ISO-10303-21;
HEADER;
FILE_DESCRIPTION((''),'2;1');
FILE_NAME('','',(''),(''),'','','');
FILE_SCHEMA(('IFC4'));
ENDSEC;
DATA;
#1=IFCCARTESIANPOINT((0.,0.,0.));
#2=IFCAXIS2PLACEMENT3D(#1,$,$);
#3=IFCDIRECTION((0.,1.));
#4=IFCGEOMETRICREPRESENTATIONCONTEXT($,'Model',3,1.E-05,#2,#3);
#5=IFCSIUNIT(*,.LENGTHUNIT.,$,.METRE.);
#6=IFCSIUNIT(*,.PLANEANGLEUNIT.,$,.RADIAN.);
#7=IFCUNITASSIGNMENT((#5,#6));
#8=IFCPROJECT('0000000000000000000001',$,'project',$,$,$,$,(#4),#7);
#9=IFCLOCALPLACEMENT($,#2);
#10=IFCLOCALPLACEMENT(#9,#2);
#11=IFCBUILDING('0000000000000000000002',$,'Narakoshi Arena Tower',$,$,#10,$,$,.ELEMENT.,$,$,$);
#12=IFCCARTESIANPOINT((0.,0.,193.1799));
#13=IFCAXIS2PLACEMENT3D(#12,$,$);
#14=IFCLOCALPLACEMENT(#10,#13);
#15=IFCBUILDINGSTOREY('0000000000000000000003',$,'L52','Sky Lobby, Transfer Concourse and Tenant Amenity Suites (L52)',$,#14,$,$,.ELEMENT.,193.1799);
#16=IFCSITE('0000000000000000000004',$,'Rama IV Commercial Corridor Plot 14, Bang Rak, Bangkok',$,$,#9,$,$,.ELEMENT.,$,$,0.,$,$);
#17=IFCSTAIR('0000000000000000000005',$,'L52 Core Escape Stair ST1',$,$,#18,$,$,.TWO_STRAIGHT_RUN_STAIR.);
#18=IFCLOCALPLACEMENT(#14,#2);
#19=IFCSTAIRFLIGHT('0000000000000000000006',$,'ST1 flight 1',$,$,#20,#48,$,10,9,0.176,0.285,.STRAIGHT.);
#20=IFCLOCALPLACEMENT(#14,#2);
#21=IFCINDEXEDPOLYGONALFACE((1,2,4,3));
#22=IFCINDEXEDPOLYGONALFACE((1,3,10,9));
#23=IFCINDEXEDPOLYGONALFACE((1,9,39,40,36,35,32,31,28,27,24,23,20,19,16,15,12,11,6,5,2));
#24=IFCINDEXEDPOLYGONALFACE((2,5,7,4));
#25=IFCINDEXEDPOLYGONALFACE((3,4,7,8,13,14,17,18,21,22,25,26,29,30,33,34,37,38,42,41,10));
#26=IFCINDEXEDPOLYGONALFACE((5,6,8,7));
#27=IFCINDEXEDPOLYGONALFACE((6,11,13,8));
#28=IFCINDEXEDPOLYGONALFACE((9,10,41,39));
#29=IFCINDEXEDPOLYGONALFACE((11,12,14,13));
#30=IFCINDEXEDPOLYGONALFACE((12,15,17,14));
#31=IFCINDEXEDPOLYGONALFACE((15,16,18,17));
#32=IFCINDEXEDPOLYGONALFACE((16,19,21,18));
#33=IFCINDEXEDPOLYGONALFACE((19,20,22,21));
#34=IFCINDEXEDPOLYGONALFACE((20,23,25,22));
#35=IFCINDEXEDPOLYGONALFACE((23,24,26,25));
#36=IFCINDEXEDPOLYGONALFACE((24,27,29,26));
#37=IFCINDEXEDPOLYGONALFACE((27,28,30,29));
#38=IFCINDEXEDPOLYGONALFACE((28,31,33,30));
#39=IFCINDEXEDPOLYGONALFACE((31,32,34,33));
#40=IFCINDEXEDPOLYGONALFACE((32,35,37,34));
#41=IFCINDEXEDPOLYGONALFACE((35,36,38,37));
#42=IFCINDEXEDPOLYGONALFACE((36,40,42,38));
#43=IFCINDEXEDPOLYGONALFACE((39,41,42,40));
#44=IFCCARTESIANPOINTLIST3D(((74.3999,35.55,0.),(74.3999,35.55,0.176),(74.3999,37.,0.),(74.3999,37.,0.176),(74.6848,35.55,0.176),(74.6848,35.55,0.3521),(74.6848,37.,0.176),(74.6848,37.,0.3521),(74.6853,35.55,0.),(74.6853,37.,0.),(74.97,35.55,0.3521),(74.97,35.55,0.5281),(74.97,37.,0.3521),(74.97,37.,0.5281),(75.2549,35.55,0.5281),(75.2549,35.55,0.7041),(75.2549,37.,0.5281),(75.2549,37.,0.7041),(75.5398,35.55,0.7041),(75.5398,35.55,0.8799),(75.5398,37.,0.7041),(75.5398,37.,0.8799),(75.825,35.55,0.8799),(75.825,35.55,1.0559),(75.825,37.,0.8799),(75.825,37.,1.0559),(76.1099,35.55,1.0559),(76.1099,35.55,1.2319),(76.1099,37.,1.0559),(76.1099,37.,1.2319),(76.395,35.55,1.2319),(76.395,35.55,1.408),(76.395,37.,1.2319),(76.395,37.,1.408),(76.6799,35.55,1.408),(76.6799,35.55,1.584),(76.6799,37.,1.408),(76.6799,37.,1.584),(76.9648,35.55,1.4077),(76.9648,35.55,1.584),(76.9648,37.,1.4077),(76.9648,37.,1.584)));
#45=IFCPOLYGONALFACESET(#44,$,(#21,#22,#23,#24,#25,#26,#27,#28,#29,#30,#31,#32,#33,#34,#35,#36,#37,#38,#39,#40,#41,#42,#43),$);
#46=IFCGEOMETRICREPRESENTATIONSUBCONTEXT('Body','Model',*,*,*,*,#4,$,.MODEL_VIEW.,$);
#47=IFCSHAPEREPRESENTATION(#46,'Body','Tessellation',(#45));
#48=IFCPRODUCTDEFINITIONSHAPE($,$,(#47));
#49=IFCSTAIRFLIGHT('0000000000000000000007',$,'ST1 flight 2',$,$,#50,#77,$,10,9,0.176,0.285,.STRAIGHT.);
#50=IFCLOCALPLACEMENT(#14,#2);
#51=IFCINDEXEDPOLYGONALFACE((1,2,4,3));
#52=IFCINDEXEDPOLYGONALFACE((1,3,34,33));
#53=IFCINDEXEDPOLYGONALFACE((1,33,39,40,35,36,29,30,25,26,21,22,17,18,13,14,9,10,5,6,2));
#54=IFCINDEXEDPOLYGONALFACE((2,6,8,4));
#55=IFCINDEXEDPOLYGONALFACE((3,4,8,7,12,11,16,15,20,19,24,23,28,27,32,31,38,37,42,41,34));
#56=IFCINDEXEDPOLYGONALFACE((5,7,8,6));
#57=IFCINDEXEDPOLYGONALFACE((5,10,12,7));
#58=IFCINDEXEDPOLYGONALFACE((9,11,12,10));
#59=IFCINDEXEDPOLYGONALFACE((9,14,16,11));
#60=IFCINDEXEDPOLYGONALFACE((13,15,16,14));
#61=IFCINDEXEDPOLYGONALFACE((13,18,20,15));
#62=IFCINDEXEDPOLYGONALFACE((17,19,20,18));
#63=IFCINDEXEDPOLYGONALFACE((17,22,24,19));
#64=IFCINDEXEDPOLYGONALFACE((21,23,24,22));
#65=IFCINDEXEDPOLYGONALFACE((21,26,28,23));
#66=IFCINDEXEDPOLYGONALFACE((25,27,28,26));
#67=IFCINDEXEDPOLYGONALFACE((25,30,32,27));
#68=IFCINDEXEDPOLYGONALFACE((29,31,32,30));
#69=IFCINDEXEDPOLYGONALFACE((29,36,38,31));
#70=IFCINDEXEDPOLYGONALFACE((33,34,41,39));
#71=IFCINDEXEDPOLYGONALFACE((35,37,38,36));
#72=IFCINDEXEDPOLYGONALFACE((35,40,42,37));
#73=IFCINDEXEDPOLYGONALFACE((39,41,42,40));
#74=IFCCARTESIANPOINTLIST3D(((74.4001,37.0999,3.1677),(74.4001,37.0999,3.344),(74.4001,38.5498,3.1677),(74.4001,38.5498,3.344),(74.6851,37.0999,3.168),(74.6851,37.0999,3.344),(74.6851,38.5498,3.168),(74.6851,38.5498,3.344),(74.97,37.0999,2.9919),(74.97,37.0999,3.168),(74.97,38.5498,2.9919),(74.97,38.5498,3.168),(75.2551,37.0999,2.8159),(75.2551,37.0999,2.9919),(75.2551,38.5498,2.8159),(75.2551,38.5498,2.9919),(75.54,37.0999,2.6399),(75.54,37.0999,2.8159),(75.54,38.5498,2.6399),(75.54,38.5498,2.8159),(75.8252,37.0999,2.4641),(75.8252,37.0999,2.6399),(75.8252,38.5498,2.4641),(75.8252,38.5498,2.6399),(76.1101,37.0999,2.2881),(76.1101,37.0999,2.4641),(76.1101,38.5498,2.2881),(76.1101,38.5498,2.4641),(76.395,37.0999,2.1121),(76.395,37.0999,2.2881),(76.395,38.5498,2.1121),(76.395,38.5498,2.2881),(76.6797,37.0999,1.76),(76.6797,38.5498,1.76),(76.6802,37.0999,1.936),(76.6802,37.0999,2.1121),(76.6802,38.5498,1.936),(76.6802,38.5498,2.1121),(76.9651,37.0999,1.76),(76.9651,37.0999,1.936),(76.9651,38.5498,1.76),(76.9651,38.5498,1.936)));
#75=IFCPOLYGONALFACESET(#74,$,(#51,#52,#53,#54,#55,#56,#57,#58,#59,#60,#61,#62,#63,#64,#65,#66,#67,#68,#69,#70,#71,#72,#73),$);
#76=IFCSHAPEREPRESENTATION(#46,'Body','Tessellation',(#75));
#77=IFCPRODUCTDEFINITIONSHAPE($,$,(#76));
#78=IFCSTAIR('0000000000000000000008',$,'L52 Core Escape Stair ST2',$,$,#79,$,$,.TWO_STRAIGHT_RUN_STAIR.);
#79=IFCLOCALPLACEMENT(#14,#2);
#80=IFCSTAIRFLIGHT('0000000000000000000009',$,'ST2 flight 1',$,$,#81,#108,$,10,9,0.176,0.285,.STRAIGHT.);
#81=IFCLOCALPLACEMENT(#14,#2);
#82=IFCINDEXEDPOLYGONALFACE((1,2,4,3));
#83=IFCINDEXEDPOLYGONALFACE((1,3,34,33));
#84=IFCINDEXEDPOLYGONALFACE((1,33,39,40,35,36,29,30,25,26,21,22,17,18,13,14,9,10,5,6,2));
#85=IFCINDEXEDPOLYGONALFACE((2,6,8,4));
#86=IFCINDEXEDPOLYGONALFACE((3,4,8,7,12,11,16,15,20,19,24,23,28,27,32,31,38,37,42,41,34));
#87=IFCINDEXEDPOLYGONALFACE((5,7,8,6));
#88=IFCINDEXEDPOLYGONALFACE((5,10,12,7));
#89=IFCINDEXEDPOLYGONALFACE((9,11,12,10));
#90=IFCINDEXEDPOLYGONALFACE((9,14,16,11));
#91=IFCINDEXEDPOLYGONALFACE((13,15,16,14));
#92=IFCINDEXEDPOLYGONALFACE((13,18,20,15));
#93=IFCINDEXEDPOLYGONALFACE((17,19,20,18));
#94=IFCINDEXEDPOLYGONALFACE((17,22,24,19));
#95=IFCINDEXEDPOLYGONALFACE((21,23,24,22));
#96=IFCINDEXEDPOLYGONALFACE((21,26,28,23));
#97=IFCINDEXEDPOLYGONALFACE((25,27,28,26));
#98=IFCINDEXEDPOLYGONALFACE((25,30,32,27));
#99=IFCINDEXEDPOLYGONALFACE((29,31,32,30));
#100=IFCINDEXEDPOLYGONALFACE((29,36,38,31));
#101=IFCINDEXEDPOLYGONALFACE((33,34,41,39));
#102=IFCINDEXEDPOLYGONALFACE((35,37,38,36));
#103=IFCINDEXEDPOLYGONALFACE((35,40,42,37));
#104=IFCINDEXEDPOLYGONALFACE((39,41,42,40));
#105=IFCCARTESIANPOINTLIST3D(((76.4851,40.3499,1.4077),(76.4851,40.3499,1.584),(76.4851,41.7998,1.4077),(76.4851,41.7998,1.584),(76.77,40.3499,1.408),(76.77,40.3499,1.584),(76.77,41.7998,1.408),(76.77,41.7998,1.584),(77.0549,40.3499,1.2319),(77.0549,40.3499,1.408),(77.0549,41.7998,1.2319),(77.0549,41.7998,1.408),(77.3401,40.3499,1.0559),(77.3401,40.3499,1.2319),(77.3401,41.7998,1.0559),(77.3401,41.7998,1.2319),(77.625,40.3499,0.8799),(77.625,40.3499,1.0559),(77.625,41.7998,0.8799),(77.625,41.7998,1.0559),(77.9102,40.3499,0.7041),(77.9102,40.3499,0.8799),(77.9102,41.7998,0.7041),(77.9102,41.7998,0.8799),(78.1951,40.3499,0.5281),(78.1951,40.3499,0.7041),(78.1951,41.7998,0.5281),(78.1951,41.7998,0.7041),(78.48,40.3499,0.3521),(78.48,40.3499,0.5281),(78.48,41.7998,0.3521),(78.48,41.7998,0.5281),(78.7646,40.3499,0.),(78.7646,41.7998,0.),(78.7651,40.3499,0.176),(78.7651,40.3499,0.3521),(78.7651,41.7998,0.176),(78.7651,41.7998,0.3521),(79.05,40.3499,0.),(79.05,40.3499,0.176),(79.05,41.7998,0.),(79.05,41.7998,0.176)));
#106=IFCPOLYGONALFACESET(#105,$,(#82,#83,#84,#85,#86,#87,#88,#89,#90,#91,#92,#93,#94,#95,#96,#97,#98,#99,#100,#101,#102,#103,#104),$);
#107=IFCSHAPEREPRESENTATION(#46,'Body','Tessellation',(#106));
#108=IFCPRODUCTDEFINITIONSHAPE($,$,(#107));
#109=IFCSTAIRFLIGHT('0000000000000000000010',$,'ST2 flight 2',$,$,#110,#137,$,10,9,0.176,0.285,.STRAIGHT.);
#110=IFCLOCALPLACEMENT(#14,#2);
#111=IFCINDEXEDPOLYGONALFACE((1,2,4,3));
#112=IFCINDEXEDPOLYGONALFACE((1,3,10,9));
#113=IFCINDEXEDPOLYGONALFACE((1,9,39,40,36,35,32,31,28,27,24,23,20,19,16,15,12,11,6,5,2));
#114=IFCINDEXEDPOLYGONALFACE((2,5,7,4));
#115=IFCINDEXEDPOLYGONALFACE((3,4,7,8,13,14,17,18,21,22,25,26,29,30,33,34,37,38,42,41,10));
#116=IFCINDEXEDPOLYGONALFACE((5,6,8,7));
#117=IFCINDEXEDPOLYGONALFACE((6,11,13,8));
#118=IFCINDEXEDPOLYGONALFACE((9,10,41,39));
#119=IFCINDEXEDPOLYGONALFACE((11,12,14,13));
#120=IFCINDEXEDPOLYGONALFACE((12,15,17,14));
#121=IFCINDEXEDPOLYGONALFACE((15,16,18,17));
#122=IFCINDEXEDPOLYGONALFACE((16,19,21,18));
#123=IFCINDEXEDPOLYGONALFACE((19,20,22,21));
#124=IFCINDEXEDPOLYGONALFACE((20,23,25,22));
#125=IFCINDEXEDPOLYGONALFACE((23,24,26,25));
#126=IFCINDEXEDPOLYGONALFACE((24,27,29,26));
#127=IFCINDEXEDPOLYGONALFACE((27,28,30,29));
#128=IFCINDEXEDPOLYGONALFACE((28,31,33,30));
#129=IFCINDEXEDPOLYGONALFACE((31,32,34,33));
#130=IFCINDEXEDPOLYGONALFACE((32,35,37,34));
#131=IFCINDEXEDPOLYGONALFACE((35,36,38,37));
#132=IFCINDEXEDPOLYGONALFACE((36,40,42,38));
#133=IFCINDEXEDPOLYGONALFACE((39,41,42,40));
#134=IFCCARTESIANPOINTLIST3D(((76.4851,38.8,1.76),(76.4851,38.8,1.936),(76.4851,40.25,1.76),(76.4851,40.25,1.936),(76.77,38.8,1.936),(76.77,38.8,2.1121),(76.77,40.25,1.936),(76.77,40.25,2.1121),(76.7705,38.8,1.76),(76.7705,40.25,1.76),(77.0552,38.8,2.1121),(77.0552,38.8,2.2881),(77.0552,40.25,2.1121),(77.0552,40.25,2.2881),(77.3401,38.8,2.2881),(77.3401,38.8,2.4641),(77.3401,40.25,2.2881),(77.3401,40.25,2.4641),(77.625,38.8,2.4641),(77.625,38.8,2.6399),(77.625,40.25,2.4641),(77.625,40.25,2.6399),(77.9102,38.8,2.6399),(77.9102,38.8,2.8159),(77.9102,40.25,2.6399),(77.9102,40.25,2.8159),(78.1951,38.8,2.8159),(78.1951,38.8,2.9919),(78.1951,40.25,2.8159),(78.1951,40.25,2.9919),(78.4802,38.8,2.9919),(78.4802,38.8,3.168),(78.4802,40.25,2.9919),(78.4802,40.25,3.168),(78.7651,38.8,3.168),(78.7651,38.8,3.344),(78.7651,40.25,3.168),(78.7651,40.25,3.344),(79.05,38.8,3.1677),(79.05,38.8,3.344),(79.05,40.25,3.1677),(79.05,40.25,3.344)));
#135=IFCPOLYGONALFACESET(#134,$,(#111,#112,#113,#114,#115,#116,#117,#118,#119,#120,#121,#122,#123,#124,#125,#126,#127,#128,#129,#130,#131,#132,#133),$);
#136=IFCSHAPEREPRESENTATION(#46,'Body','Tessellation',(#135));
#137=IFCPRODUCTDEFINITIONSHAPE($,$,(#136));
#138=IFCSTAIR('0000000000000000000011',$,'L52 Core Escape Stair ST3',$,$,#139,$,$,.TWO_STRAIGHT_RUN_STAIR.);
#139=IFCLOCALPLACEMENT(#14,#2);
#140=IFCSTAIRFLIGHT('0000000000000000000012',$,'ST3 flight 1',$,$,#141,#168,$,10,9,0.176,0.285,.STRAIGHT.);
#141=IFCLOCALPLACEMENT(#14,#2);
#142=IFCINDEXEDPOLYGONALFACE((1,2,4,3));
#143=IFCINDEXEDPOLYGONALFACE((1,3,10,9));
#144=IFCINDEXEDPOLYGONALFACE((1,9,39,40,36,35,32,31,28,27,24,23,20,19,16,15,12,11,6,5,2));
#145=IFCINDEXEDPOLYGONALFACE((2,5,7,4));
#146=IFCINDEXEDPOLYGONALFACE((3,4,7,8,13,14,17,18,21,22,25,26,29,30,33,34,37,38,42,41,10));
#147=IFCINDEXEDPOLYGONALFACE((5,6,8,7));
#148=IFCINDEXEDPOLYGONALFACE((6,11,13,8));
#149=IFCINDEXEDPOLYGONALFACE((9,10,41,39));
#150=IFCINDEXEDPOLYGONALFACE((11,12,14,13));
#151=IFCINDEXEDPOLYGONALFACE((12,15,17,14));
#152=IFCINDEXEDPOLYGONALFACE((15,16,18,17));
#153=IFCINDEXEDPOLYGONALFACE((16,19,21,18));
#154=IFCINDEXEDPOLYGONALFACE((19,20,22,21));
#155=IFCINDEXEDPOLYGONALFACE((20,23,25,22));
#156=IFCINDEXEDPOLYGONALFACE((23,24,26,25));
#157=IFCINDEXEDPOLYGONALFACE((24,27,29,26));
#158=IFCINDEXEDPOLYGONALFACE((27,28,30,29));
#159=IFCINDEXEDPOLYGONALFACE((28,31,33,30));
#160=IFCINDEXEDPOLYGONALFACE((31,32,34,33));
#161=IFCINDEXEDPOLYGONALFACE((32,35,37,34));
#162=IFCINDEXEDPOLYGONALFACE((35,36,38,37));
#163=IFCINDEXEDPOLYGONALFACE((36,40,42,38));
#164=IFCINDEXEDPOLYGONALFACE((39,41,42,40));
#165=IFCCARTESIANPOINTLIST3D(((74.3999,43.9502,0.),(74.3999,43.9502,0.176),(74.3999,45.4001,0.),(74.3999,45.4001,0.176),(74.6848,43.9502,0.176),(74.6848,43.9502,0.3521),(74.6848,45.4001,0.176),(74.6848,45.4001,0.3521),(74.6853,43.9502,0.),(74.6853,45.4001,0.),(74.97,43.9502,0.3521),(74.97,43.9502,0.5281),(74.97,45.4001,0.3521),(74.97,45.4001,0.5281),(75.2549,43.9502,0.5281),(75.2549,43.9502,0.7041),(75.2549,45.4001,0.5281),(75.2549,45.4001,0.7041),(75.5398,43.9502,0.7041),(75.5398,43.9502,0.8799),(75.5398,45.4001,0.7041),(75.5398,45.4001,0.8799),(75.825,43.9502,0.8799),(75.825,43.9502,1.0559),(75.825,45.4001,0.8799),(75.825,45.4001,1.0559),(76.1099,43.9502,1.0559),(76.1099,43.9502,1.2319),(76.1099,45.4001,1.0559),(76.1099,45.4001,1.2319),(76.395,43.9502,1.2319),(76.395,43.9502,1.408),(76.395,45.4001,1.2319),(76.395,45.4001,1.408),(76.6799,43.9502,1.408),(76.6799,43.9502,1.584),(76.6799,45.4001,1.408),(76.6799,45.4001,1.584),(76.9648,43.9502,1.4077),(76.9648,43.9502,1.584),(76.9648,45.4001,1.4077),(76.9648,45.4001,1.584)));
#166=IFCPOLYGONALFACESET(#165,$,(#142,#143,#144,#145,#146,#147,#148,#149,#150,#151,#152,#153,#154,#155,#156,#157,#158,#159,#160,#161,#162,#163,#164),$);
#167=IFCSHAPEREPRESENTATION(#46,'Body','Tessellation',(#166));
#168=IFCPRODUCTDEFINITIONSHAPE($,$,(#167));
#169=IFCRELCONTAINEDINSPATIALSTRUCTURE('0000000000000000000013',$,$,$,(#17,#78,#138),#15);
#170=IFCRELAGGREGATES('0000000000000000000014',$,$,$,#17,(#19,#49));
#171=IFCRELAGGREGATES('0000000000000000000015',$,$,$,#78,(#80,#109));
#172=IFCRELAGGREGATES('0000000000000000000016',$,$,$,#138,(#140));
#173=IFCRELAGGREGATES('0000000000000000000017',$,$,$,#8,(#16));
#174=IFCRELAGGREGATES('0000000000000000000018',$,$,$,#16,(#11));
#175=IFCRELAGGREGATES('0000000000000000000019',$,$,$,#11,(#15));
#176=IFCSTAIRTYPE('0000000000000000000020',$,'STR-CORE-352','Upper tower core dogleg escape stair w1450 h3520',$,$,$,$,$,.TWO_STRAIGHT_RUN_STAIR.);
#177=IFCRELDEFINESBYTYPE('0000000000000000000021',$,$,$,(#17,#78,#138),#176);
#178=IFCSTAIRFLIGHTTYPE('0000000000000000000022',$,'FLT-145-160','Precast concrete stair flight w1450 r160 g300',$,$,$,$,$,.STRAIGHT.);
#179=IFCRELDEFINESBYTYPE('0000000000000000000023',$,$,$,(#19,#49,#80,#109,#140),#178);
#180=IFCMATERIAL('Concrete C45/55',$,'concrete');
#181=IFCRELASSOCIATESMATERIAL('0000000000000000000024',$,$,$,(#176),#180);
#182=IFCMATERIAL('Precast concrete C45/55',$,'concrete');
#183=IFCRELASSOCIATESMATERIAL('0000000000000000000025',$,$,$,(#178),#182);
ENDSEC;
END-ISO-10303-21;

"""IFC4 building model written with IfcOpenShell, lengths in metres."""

from ifc_helpers import new_model, si_unit, direction, frame, origin, place, context, subcontext, project, spatial, polyline, outline, extrude, material, type_object, element, aggregate, save


model = new_model("IFC4")

# Units and contexts
model_context = context("Model", 3, precision=1e-05, world=origin(), true_north=direction((0.0, 1.0)))
body_context = subcontext(model_context, "Body", "Model", "MODEL_VIEW")
ifc_project = project(units=[si_unit("LENGTHUNIT", "METRE"), si_unit("PLANEANGLEUNIT", "RADIAN")], contexts=[model_context])

# Site, building, storey
site_placement = place(None, origin())
site = spatial("IfcSite", under=ifc_project, at=site_placement, Name="Rama IV Commercial Corridor Plot 14, Bang Rak, Bangkok", CompositionType="ELEMENT", RefElevation=0.0)
building_placement = place(site_placement, origin())
building = spatial("IfcBuilding", under=site, at=building_placement, Name="Narakoshi Arena Tower", CompositionType="ELEMENT")
storey_placement = place(building_placement, frame((0.0, 0.0, 193.1799)))
storey = spatial("IfcBuildingStorey", under=building, at=storey_placement, Name="L52", Description="Sky Lobby, Transfer Concourse and Tenant Amenity Suites (L52)", CompositionType="ELEMENT", Elevation=193.1799)

# Shared definitions
ifc_material_1 = material(Name="Precast concrete C45/55", Category="concrete")

# Stairs, stair flights
ifc_material_2 = material(Name="Concrete C45/55", Category="concrete")
stair_type = type_object("IfcStairType", Name="STR-CORE-352", Description="Upper tower core dogleg escape stair w1450 h3520", PredefinedType="TWO_STRAIGHT_RUN_STAIR", material=ifc_material_2)
stair_1_placement = place(storey_placement, origin())
stair_1 = element("IfcStair", 1, at=stair_1_placement, inside=storey, type_object=stair_type, Name="L52 Core Escape Stair ST1", PredefinedType="TWO_STRAIGHT_RUN_STAIR")
stair_flight_type = type_object("IfcStairFlightType", Name="FLT-145-160", Description="Precast concrete stair flight w1450 r160 g300", PredefinedType="STRAIGHT", material=ifc_material_1)
stair_flight_1_placement = place(storey_placement, frame((74.3999, 36.2749, 0.0), z_axis=(0.0, 0.0, 1.0), x_axis=(1.0, 0.0, 0.0)))
stair_flight_1 = element("IfcStairFlight", 2, at=stair_flight_1_placement, type_object=stair_flight_type, Name="ST1 flight 1", NumberOfRisers=10, NumberOfTreads=9, PredefinedType="STRAIGHT", RiserHeight=0.176, TreadLength=0.285, context=body_context, shape_type="SweptSolid", body=[
    extrude(outline(polyline([(0.0, 0.0), (0.0, 0.176), (0.2849, 0.176), (0.2849, 0.3521), (0.5701, 0.3521), (0.5701, 0.5281), (0.855, 0.5281), (0.855, 0.7041), (1.1399, 0.7041), (1.1399, 0.8799), (1.425, 0.8799), (1.425, 1.0559), (1.71, 1.0559), (1.71, 1.2319), (1.9951, 1.2319), (1.9951, 1.408), (2.28, 1.408), (2.28, 1.584), (2.5649, 1.584), (2.5649, 1.76), (2.5649, 1.4077), (0.2854, 0.0), (0.0, 0.0)])), frame((0.0, 0.7251, 0.0), z_axis=(0.0, -1.0, 0.0), x_axis=(1.0, 0.0, 0.0)), (0.0, 0.0, 1.0), 1.45),
])
stair_flight_2_placement = place(storey_placement, frame((76.9651, 37.825, 1.76), z_axis=(0.0, 0.0, 1.0), x_axis=(-1.0, 0.0, 0.0)))
stair_flight_2 = element("IfcStairFlight", 3, at=stair_flight_2_placement, type_object=stair_flight_type, Name="ST1 flight 2", NumberOfRisers=10, NumberOfTreads=9, PredefinedType="STRAIGHT", RiserHeight=0.176, TreadLength=0.285, context=body_context, shape_type="SweptSolid", body=[
    extrude(outline(polyline([(0.0, 0.0), (0.0, 0.176), (0.2849, 0.176), (0.2849, 0.3521), (0.5701, 0.3521), (0.5701, 0.5281), (0.855, 0.5281), (0.855, 0.7041), (1.1399, 0.7041), (1.1399, 0.8799), (1.425, 0.8799), (1.425, 1.0559), (1.71, 1.0559), (1.71, 1.2319), (1.9951, 1.2319), (1.9951, 1.408), (2.28, 1.408), (2.28, 1.584), (2.5649, 1.584), (2.5649, 1.76), (2.5649, 1.4077), (0.2854, 0.0), (0.0, 0.0)])), frame((0.0, 0.7251, 0.0), z_axis=(0.0, -1.0, 0.0), x_axis=(1.0, 0.0, 0.0)), (0.0, 0.0, 1.0), 1.45),
])
aggregate(stair_1, [stair_flight_1, stair_flight_2])
stair_2_placement = place(storey_placement, origin())
stair_2 = element("IfcStair", 4, at=stair_2_placement, inside=storey, type_object=stair_type, Name="L52 Core Escape Stair ST2", PredefinedType="TWO_STRAIGHT_RUN_STAIR")
stair_flight_3_placement = place(storey_placement, frame((79.05, 41.075, 0.0), z_axis=(0.0, 0.0, 1.0), x_axis=(-1.0, 0.0, 0.0)))
stair_flight_3 = element("IfcStairFlight", 5, at=stair_flight_3_placement, type_object=stair_flight_type, Name="ST2 flight 1", NumberOfRisers=10, NumberOfTreads=9, PredefinedType="STRAIGHT", RiserHeight=0.176, TreadLength=0.285, context=body_context, shape_type="SweptSolid", body=[
    extrude(outline(polyline([(0.0, 0.0), (0.0, 0.176), (0.2849, 0.176), (0.2849, 0.3521), (0.5701, 0.3521), (0.5701, 0.5281), (0.855, 0.5281), (0.855, 0.7041), (1.1399, 0.7041), (1.1399, 0.8799), (1.425, 0.8799), (1.425, 1.0559), (1.71, 1.0559), (1.71, 1.2319), (1.9951, 1.2319), (1.9951, 1.408), (2.28, 1.408), (2.28, 1.584), (2.5649, 1.584), (2.5649, 1.76), (2.5649, 1.4077), (0.2854, 0.0), (0.0, 0.0)])), frame((0.0, 0.7251, 0.0), z_axis=(0.0, -1.0, 0.0), x_axis=(1.0, 0.0, 0.0)), (0.0, 0.0, 1.0), 1.45),
])
stair_flight_4_placement = place(storey_placement, frame((76.4851, 39.5249, 1.76), z_axis=(0.0, 0.0, 1.0), x_axis=(1.0, 0.0, 0.0)))
stair_flight_4 = element("IfcStairFlight", 6, at=stair_flight_4_placement, type_object=stair_flight_type, Name="ST2 flight 2", NumberOfRisers=10, NumberOfTreads=9, PredefinedType="STRAIGHT", RiserHeight=0.176, TreadLength=0.285, context=body_context, shape_type="SweptSolid", body=[
    extrude(outline(polyline([(0.0, 0.0), (0.0, 0.176), (0.2849, 0.176), (0.2849, 0.3521), (0.5701, 0.3521), (0.5701, 0.5281), (0.855, 0.5281), (0.855, 0.7041), (1.1399, 0.7041), (1.1399, 0.8799), (1.425, 0.8799), (1.425, 1.0559), (1.71, 1.0559), (1.71, 1.2319), (1.9951, 1.2319), (1.9951, 1.408), (2.28, 1.408), (2.28, 1.584), (2.5649, 1.584), (2.5649, 1.76), (2.5649, 1.4077), (0.2854, 0.0), (0.0, 0.0)])), frame((0.0, 0.7251, 0.0), z_axis=(0.0, -1.0, 0.0), x_axis=(1.0, 0.0, 0.0)), (0.0, 0.0, 1.0), 1.45),
])
aggregate(stair_2, [stair_flight_3, stair_flight_4])

# Stair, stair flight
stair_3_placement = place(storey_placement, origin())
stair_3 = element("IfcStair", 7, at=stair_3_placement, inside=storey, type_object=stair_type, Name="L52 Core Escape Stair ST3", PredefinedType="TWO_STRAIGHT_RUN_STAIR")
stair_flight_5_placement = place(storey_placement, frame((74.3999, 44.675, 0.0), z_axis=(0.0, 0.0, 1.0), x_axis=(1.0, 0.0, 0.0)))
stair_flight_5 = element("IfcStairFlight", 8, at=stair_flight_5_placement, type_object=stair_flight_type, Name="ST3 flight 1", NumberOfRisers=10, NumberOfTreads=9, PredefinedType="STRAIGHT", RiserHeight=0.176, TreadLength=0.285, context=body_context, shape_type="SweptSolid", body=[
    extrude(outline(polyline([(0.0, 0.0), (0.0, 0.176), (0.2849, 0.176), (0.2849, 0.3521), (0.5701, 0.3521), (0.5701, 0.5281), (0.855, 0.5281), (0.855, 0.7041), (1.1399, 0.7041), (1.1399, 0.8799), (1.425, 0.8799), (1.425, 1.0559), (1.71, 1.0559), (1.71, 1.2319), (1.9951, 1.2319), (1.9951, 1.408), (2.28, 1.408), (2.28, 1.584), (2.5649, 1.584), (2.5649, 1.76), (2.5649, 1.4077), (0.2854, 0.0), (0.0, 0.0)])), frame((0.0, 0.7251, 0.0), z_axis=(0.0, -1.0, 0.0), x_axis=(1.0, 0.0, 0.0)), (0.0, 0.0, 1.0), 1.45),
])
aggregate(stair_3, [stair_flight_5])

save(model, "model.ifc")
